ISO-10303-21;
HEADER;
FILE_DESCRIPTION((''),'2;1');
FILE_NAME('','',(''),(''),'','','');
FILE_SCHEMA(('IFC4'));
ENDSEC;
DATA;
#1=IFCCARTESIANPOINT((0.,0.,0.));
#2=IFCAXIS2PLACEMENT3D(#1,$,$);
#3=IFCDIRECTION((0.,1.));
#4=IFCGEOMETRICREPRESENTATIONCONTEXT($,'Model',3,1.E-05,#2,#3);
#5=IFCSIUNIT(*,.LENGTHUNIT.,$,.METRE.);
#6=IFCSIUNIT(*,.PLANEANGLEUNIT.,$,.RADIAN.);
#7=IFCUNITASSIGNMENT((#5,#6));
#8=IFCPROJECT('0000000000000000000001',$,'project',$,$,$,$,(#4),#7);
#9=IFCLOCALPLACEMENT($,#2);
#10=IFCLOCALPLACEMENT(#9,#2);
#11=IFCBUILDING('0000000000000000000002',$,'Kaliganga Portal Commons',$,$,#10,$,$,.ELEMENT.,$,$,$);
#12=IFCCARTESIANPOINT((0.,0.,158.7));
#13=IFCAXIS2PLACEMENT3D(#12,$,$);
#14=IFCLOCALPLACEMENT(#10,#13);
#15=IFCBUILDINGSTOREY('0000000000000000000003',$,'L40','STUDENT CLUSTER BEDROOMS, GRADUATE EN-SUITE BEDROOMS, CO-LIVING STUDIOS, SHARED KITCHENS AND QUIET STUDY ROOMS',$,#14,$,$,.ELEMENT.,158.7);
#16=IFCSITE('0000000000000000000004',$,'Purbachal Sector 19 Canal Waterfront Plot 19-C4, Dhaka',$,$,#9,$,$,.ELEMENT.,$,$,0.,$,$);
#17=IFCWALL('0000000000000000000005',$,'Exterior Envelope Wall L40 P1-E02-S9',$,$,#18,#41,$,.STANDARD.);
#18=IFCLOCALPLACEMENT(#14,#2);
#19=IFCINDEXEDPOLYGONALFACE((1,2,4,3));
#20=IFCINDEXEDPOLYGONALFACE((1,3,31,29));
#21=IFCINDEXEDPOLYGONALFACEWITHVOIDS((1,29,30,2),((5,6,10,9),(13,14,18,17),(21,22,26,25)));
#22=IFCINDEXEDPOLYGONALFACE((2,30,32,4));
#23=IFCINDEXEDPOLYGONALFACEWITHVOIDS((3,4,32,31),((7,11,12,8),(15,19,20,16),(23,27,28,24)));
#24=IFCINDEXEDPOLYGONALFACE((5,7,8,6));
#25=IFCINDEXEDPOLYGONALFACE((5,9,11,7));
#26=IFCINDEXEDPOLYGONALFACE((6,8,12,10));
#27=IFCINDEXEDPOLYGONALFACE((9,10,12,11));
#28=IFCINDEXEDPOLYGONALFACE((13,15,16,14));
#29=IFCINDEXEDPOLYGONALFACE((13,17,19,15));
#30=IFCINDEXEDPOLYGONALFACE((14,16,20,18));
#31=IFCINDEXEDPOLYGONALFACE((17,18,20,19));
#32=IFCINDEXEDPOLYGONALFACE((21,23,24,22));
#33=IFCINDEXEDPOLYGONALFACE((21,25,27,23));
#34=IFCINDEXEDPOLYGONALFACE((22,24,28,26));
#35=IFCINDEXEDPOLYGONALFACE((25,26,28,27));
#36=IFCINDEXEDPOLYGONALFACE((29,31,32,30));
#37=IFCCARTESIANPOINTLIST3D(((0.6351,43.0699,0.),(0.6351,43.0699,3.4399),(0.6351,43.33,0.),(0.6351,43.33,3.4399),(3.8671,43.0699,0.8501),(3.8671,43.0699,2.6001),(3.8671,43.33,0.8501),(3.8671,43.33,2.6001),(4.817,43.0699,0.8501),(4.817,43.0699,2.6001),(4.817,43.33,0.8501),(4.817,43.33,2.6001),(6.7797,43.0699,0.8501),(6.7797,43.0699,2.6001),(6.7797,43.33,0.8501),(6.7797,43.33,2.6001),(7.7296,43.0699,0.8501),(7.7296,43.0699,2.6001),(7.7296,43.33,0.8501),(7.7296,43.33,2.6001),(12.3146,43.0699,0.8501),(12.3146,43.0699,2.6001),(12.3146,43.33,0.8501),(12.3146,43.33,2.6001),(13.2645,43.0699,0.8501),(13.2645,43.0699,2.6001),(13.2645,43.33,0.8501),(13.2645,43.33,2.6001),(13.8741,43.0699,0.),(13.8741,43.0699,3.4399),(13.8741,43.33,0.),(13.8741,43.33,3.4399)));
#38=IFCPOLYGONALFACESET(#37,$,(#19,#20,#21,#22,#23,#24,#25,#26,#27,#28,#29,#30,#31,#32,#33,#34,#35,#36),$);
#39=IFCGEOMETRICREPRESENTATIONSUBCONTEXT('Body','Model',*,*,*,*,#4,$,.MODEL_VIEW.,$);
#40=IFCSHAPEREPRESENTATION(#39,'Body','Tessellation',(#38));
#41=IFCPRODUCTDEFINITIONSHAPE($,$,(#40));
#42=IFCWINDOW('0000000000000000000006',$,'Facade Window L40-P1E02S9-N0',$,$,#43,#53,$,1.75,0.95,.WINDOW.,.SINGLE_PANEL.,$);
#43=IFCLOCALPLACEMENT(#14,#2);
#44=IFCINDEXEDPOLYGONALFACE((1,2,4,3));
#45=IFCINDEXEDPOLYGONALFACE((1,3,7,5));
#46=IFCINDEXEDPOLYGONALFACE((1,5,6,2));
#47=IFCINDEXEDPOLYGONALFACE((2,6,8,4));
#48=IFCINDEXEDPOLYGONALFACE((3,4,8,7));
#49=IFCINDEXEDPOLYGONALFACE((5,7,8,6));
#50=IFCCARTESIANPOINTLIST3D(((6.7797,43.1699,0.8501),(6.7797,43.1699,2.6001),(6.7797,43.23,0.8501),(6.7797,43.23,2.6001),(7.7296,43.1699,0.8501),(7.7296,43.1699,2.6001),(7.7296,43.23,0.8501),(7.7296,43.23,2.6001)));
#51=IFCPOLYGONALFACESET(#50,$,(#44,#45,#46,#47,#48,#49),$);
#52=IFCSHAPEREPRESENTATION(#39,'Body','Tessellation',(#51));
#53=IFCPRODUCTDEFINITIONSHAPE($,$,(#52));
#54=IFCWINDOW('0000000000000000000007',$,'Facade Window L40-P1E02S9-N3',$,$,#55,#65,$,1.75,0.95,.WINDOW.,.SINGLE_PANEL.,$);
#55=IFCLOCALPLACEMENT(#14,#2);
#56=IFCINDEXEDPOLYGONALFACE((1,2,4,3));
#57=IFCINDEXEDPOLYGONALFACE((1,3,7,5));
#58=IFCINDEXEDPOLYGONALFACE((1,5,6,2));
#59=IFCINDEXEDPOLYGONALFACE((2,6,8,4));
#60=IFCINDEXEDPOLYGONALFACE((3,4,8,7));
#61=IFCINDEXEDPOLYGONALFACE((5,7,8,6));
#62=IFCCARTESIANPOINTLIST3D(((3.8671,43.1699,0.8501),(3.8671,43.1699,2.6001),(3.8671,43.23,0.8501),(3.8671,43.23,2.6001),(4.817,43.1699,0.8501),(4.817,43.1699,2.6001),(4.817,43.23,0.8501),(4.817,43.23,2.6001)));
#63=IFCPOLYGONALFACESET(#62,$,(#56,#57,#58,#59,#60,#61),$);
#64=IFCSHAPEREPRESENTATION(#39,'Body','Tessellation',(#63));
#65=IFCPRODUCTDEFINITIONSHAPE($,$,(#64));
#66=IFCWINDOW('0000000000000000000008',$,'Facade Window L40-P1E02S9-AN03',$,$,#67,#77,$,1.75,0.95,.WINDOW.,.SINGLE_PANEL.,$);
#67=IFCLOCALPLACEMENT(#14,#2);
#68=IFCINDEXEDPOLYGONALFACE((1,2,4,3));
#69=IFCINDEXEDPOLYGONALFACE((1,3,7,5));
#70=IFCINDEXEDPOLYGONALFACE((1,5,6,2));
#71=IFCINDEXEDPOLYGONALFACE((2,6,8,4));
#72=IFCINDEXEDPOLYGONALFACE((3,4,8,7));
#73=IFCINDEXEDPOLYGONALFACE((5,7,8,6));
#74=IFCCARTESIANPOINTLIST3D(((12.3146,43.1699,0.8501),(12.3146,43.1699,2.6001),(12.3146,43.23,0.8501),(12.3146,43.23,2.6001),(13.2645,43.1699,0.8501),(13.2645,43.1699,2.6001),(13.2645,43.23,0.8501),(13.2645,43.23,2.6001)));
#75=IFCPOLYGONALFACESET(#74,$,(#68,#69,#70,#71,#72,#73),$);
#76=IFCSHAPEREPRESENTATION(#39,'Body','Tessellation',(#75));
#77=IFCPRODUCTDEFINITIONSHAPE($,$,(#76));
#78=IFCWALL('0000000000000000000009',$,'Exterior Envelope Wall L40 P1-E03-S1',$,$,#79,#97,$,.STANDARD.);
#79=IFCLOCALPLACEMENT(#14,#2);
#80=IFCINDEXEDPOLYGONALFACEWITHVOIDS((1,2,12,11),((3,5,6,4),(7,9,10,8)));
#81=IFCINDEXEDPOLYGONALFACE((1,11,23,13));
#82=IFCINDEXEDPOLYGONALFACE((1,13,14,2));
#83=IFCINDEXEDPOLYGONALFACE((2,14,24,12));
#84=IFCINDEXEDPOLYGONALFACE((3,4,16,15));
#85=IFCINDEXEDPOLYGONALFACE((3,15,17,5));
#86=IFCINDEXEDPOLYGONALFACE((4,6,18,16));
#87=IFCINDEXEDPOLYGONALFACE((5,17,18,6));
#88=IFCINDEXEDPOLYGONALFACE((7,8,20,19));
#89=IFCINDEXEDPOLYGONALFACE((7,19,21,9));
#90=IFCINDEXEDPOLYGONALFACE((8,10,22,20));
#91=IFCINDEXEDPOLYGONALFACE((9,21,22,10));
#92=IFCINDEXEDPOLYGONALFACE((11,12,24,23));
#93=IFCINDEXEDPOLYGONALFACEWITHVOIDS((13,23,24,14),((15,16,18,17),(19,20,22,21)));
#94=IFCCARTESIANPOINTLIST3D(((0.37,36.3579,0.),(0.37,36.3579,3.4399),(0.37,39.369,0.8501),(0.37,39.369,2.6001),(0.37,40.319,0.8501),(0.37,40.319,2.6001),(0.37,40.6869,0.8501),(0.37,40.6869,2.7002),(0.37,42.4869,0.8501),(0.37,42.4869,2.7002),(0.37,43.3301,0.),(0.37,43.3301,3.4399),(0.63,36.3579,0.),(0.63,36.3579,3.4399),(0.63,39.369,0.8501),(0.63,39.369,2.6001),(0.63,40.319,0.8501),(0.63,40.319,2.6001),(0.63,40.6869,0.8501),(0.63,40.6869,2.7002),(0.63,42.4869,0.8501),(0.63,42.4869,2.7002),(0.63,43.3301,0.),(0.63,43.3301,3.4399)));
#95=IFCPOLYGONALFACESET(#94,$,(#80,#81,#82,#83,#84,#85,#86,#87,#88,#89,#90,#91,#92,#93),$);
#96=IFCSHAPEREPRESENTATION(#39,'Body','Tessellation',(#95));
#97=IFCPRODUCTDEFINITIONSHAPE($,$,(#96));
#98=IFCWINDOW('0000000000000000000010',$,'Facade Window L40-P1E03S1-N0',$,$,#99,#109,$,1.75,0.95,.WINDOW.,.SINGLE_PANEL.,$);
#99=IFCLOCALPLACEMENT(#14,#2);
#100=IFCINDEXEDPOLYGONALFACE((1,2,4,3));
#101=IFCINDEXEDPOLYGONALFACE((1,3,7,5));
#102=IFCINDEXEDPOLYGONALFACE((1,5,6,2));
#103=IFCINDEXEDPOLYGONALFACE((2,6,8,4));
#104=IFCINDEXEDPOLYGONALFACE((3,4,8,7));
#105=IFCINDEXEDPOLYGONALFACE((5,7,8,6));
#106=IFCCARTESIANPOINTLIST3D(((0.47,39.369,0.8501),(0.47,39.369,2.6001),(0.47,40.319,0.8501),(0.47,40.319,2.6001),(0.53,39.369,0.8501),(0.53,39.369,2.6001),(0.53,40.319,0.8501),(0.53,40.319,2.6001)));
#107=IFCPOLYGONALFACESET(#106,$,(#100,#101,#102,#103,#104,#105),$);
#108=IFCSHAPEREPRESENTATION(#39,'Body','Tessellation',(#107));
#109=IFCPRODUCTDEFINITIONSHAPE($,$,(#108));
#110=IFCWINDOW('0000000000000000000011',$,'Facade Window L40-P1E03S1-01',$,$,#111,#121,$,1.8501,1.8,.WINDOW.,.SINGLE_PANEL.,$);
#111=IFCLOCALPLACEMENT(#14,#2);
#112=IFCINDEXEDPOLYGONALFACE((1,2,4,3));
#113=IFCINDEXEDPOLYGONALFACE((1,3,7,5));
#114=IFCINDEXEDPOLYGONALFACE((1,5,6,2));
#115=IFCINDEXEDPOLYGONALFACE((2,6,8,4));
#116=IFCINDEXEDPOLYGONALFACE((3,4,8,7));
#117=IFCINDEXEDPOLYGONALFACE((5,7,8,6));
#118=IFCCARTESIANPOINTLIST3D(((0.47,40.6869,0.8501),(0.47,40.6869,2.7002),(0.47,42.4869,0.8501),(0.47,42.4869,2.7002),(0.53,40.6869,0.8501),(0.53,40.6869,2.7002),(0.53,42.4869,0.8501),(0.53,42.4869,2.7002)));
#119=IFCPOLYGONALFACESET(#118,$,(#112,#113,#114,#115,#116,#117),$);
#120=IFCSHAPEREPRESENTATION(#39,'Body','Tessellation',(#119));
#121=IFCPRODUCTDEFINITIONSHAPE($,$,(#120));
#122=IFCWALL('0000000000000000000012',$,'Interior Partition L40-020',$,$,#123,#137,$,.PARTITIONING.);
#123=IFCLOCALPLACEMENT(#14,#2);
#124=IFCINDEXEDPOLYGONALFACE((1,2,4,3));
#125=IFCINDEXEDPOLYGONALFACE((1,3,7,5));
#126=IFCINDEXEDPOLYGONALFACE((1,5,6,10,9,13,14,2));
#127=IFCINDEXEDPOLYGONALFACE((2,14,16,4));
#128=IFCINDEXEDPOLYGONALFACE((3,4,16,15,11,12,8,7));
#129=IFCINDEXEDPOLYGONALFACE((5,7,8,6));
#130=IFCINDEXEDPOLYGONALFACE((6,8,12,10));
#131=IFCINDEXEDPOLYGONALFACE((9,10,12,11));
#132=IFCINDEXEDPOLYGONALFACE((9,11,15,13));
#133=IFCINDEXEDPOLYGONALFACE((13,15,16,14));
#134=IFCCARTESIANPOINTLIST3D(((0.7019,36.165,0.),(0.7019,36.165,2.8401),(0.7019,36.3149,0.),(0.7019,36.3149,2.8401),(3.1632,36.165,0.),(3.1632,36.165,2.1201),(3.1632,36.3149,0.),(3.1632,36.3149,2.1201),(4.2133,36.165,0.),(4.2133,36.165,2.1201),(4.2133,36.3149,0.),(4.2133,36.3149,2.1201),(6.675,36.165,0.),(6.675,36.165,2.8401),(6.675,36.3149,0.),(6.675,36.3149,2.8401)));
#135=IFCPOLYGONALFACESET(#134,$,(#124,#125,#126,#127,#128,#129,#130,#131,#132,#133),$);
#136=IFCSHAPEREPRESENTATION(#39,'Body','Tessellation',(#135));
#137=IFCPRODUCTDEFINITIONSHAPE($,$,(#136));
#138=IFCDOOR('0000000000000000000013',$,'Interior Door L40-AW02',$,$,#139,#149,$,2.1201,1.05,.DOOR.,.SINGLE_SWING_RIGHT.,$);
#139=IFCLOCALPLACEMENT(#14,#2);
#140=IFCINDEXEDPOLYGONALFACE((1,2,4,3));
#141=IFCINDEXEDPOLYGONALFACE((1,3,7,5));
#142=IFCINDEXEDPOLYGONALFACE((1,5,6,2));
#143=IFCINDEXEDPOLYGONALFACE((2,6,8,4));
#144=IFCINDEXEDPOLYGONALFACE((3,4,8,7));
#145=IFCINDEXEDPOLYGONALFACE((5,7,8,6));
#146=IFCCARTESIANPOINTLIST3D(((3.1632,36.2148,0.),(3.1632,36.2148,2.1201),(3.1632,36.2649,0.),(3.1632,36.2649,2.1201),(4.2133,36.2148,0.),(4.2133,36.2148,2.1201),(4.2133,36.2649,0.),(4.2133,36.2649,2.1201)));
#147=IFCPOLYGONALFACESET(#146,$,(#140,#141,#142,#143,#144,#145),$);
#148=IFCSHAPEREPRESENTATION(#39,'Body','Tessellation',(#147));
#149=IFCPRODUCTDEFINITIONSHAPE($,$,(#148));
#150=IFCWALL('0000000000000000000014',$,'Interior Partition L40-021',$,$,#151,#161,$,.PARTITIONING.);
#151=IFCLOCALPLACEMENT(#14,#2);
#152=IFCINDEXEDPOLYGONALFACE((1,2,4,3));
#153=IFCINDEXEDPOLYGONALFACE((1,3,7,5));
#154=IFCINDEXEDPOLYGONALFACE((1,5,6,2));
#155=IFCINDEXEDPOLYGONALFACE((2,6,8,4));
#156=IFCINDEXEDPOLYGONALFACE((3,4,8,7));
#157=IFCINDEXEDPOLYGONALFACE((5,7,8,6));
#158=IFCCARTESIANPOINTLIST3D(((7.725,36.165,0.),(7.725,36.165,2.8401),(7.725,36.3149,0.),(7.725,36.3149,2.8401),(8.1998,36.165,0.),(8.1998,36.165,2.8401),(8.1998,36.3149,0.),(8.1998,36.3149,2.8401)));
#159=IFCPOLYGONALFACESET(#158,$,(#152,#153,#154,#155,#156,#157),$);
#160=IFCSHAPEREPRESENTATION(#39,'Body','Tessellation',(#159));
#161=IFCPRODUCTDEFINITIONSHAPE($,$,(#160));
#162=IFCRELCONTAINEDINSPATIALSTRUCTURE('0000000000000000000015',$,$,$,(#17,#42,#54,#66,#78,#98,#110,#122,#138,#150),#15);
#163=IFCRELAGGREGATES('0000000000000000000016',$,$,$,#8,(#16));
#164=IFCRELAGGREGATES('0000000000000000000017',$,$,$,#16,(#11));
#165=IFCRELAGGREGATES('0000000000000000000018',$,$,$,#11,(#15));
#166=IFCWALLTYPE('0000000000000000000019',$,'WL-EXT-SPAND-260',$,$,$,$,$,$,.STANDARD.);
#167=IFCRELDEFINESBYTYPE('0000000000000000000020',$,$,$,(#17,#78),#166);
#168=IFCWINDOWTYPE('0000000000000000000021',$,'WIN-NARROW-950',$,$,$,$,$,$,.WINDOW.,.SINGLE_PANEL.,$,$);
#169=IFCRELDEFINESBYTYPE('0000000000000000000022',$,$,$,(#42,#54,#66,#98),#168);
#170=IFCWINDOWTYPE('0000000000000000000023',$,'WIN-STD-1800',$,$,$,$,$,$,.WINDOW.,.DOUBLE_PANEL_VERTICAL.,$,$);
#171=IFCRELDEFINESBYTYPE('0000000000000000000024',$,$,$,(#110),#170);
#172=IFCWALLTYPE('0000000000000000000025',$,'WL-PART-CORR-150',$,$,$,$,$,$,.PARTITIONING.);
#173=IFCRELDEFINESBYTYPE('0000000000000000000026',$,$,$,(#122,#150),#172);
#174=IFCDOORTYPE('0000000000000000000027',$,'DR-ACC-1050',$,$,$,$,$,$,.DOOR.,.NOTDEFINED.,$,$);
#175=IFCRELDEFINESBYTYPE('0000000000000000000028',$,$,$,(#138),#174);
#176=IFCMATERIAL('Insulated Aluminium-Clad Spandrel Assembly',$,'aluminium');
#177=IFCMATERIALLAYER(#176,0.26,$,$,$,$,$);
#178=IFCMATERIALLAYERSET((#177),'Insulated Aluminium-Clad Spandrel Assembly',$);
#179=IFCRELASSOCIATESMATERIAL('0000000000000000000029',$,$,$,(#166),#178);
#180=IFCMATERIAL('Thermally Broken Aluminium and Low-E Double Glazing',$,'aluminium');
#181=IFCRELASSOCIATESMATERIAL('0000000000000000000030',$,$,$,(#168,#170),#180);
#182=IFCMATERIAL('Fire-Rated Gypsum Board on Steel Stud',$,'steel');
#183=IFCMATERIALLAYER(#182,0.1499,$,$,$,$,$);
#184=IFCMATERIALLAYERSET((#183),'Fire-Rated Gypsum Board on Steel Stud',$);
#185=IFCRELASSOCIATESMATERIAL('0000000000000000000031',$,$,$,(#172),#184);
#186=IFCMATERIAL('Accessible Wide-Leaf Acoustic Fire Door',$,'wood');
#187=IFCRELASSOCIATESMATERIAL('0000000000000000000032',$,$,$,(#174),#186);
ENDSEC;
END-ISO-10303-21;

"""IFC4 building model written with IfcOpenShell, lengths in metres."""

from ifc_helpers import new_model, si_unit, direction, frame, frame_2d, origin, place, context, subcontext, project, spatial, rectangle, extrude, material, layer, layer_set, type_object, element, fill, save


model = new_model("IFC4")

# Units and contexts
model_context = context("Model", 3, precision=1e-05, world=origin(), true_north=direction((0.0, 1.0)))
body_context = subcontext(model_context, "Body", "Model", "MODEL_VIEW")
ifc_project = project(units=[si_unit("LENGTHUNIT", "METRE"), si_unit("PLANEANGLEUNIT", "RADIAN")], contexts=[model_context])

# Site, building, storey
site_placement = place(None, origin())
site = spatial("IfcSite", under=ifc_project, at=site_placement, Name="Purbachal Sector 19 Canal Waterfront Plot 19-C4, Dhaka", CompositionType="ELEMENT", RefElevation=0.0)
building_placement = place(site_placement, origin())
building = spatial("IfcBuilding", under=site, at=building_placement, Name="Kaliganga Portal Commons", CompositionType="ELEMENT")
storey_placement = place(building_placement, frame((0.0, 0.0, 158.7)))
storey = spatial("IfcBuildingStorey", under=building, at=storey_placement, Name="L40", Description="STUDENT CLUSTER BEDROOMS, GRADUATE EN-SUITE BEDROOMS, CO-LIVING STUDIOS, SHARED KITCHENS AND QUIET STUDY ROOMS", CompositionType="ELEMENT", Elevation=158.7)

# Walls, openings, windows
ifc_material_1 = material(Name="Insulated Aluminium-Clad Spandrel Assembly", Category="aluminium")
ifc_layer_1 = layer(ifc_material_1, 0.26)
ifc_layer_set_1 = layer_set([ifc_layer_1], Name="Insulated Aluminium-Clad Spandrel Assembly")
wall_type_1 = type_object("IfcWallType", Name="WL-EXT-SPAND-260", PredefinedType="STANDARD", material=ifc_layer_set_1)
wall_1_placement = place(storey_placement, frame((0.635, 43.2, 0.0), z_axis=(0.0, 0.0, 1.0), x_axis=(1.0, 0.0, 0.0)))
wall_1 = element("IfcWall", 1, at=wall_1_placement, inside=storey, type_object=wall_type_1, Name="Exterior Envelope Wall L40 P1-E02-S9", PredefinedType="STANDARD", context=body_context, shape_type="SweptSolid", body=[
    extrude(rectangle(XDim=13.239, YDim=0.26, at=frame_2d((6.6196, 0.0))), origin(), (0.0, 0.0, 1.0), 3.4399),
])
opening_1_placement = place(wall_1_placement, frame((6.1445, 0.0, 0.8501)))
opening_1 = element("IfcOpeningElement", 2, at=opening_1_placement, cuts=wall_1, PredefinedType="OPENING", context=body_context, shape_type="SweptSolid", body=[
    extrude(rectangle(XDim=0.95, YDim=1.75, at=frame_2d((0.4751, 0.875))), frame((0.0, 0.1401, 0.0), z_axis=(0.0, -1.0, 0.0), x_axis=(1.0, 0.0, 0.0)), (0.0, 0.0, 1.0), 0.28),
])
opening_2_placement = place(wall_1_placement, frame((3.2319, 0.0, 0.8501)))
opening_2 = element("IfcOpeningElement", 3, at=opening_2_placement, cuts=wall_1, PredefinedType="OPENING", context=body_context, shape_type="SweptSolid", body=[
    extrude(rectangle(XDim=0.95, YDim=1.75, at=frame_2d((0.4751, 0.875))), frame((0.0, 0.1401, 0.0), z_axis=(0.0, -1.0, 0.0), x_axis=(1.0, 0.0, 0.0)), (0.0, 0.0, 1.0), 0.28),
])
opening_3_placement = place(wall_1_placement, frame((11.6794, 0.0, 0.8501)))
opening_3 = element("IfcOpeningElement", 4, at=opening_3_placement, cuts=wall_1, PredefinedType="OPENING", context=body_context, shape_type="SweptSolid", body=[
    extrude(rectangle(XDim=0.95, YDim=1.75, at=frame_2d((0.4751, 0.875))), frame((0.0, 0.1401, 0.0), z_axis=(0.0, -1.0, 0.0), x_axis=(1.0, 0.0, 0.0)), (0.0, 0.0, 1.0), 0.28),
])
ifc_material_2 = material(Name="Thermally Broken Aluminium and Low-E Double Glazing", Category="aluminium")
window_type_1 = type_object("IfcWindowType", Name="WIN-NARROW-950", PartitioningType="SINGLE_PANEL", PredefinedType="WINDOW", material=ifc_material_2)
window_1_placement = place(opening_1_placement, origin())
window_1 = element("IfcWindow", 5, at=window_1_placement, inside=storey, type_object=window_type_1, Name="Facade Window L40-P1E02S9-N0", OverallHeight=1.75, OverallWidth=0.95, PartitioningType="SINGLE_PANEL", PredefinedType="WINDOW", context=body_context, shape_type="SweptSolid", body=[
    extrude(rectangle(XDim=0.95, YDim=1.75, at=frame_2d((0.4751, 0.875))), frame((0.0, 0.03, 0.0), z_axis=(0.0, -1.0, 0.0), x_axis=(1.0, 0.0, 0.0)), (0.0, 0.0, 1.0), 0.0601),
])
fill(opening_1, window_1)
window_2_placement = place(opening_2_placement, origin())
window_2 = element("IfcWindow", 6, at=window_2_placement, inside=storey, type_object=window_type_1, Name="Facade Window L40-P1E02S9-N3", OverallHeight=1.75, OverallWidth=0.95, PartitioningType="SINGLE_PANEL", PredefinedType="WINDOW", context=body_context, shape_type="SweptSolid", body=[
    extrude(rectangle(XDim=0.95, YDim=1.75, at=frame_2d((0.4751, 0.875))), frame((0.0, 0.03, 0.0), z_axis=(0.0, -1.0, 0.0), x_axis=(1.0, 0.0, 0.0)), (0.0, 0.0, 1.0), 0.0601),
])
fill(opening_2, window_2)
window_3_placement = place(opening_3_placement, origin())
window_3 = element("IfcWindow", 7, at=window_3_placement, inside=storey, type_object=window_type_1, Name="Facade Window L40-P1E02S9-AN03", OverallHeight=1.75, OverallWidth=0.95, PartitioningType="SINGLE_PANEL", PredefinedType="WINDOW", context=body_context, shape_type="SweptSolid", body=[
    extrude(rectangle(XDim=0.95, YDim=1.75, at=frame_2d((0.4751, 0.875))), frame((0.0, 0.03, 0.0), z_axis=(0.0, -1.0, 0.0), x_axis=(1.0, 0.0, 0.0)), (0.0, 0.0, 1.0), 0.0601),
])
fill(opening_3, window_3)
wall_2_placement = place(storey_placement, frame((0.5, 36.3579, 0.0), z_axis=(0.0, 0.0, 1.0), x_axis=(0.0, 1.0, 0.0)))
wall_2 = element("IfcWall", 8, at=wall_2_placement, inside=storey, type_object=wall_type_1, Name="Exterior Envelope Wall L40 P1-E03-S1", PredefinedType="STANDARD", context=body_context, shape_type="SweptSolid", body=[
    extrude(rectangle(XDim=6.9722, YDim=0.26, at=frame_2d((3.4861, 0.0))), origin(), (0.0, 0.0, 1.0), 3.4399),
])
opening_4_placement = place(wall_2_placement, frame((4.3291, 0.0, 0.8501)))
opening_4 = element("IfcOpeningElement", 9, at=opening_4_placement, cuts=wall_2, PredefinedType="OPENING", context=body_context, shape_type="SweptSolid", body=[
    extrude(rectangle(XDim=1.8, YDim=1.8501, at=frame_2d((0.8999, 0.925))), frame((0.0, 0.1401, 0.0), z_axis=(0.0, -1.0, 0.0), x_axis=(1.0, 0.0, 0.0)), (0.0, 0.0, 1.0), 0.28),
])
opening_5_placement = place(wall_2_placement, frame((3.011, 0.0, 0.8501)))
opening_5 = element("IfcOpeningElement", 10, at=opening_5_placement, cuts=wall_2, PredefinedType="OPENING", context=body_context, shape_type="SweptSolid", body=[
    extrude(rectangle(XDim=0.95, YDim=1.75, at=frame_2d((0.4751, 0.875))), frame((0.0, 0.1401, 0.0), z_axis=(0.0, -1.0, 0.0), x_axis=(1.0, 0.0, 0.0)), (0.0, 0.0, 1.0), 0.28),
])
window_4_placement = place(opening_5_placement, origin())
window_4 = element("IfcWindow", 11, at=window_4_placement, inside=storey, type_object=window_type_1, Name="Facade Window L40-P1E03S1-N0", OverallHeight=1.75, OverallWidth=0.95, PartitioningType="SINGLE_PANEL", PredefinedType="WINDOW", context=body_context, shape_type="SweptSolid", body=[
    extrude(rectangle(XDim=0.95, YDim=1.75, at=frame_2d((0.4751, 0.875))), frame((0.0, 0.03, 0.0), z_axis=(0.0, -1.0, 0.0), x_axis=(1.0, 0.0, 0.0)), (0.0, 0.0, 1.0), 0.0601),
])
fill(opening_5, window_4)
window_type_2 = type_object("IfcWindowType", Name="WIN-STD-1800", PartitioningType="DOUBLE_PANEL_VERTICAL", PredefinedType="WINDOW", material=ifc_material_2)
window_5_placement = place(opening_4_placement, origin())
window_5 = element("IfcWindow", 12, at=window_5_placement, inside=storey, type_object=window_type_2, Name="Facade Window L40-P1E03S1-01", OverallHeight=1.8501, OverallWidth=1.8, PartitioningType="SINGLE_PANEL", PredefinedType="WINDOW", context=body_context, shape_type="SweptSolid", body=[
    extrude(rectangle(XDim=1.8, YDim=1.8501, at=frame_2d((0.8999, 0.925))), frame((0.0, 0.03, 0.0), z_axis=(0.0, -1.0, 0.0), x_axis=(1.0, 0.0, 0.0)), (0.0, 0.0, 1.0), 0.0601),
])
fill(opening_4, window_5)

# Wall, opening, door
ifc_material_3 = material(Name="Fire-Rated Gypsum Board on Steel Stud", Category="steel")
ifc_layer_2 = layer(ifc_material_3, 0.1499)
ifc_layer_set_2 = layer_set([ifc_layer_2], Name="Fire-Rated Gypsum Board on Steel Stud")
wall_type_2 = type_object("IfcWallType", Name="WL-PART-CORR-150", PredefinedType="PARTITIONING", material=ifc_layer_set_2)
wall_3_placement = place(storey_placement, frame((0.7019, 36.24, 0.0), z_axis=(0.0, 0.0, 1.0), x_axis=(1.0, 0.0, 0.0)))
wall_3 = element("IfcWall", 13, at=wall_3_placement, inside=storey, type_object=wall_type_2, Name="Interior Partition L40-020", PredefinedType="PARTITIONING", context=body_context, shape_type="SweptSolid", body=[
    extrude(rectangle(XDim=5.9731, YDim=0.1499, at=frame_2d((2.9866, 0.0))), origin(), (0.0, 0.0, 1.0), 2.8401),
])
opening_6_placement = place(wall_3_placement, frame((2.4614, 0.0, 0.0)))
opening_6 = element("IfcOpeningElement", 14, at=opening_6_placement, cuts=wall_3, PredefinedType="OPENING", context=body_context, shape_type="SweptSolid", body=[
    extrude(rectangle(XDim=1.05, YDim=2.1201, at=frame_2d((0.5249, 1.0601))), frame((0.0, 0.085, 0.0), z_axis=(0.0, -1.0, 0.0), x_axis=(1.0, 0.0, 0.0)), (0.0, 0.0, 1.0), 0.1699),
])
ifc_material_4 = material(Name="Accessible Wide-Leaf Acoustic Fire Door", Category="wood")
door_type_1 = type_object("IfcDoorType", Name="DR-ACC-1050", OperationType="NOTDEFINED", PredefinedType="DOOR", material=ifc_material_4)
door_1_placement = place(opening_6_placement, origin())
door_1 = element("IfcDoor", 15, at=door_1_placement, inside=storey, type_object=door_type_1, Name="Interior Door L40-AW02", OperationType="SINGLE_SWING_RIGHT", OverallHeight=2.1201, OverallWidth=1.05, PredefinedType="DOOR", context=body_context, shape_type="SweptSolid", body=[
    extrude(rectangle(XDim=1.05, YDim=2.1201, at=frame_2d((0.5249, 1.0601))), frame((0.0, 0.0249, 0.0), z_axis=(0.0, -1.0, 0.0), x_axis=(1.0, 0.0, 0.0)), (0.0, 0.0, 1.0), 0.05),
])
fill(opening_6, door_1)

# Wall
wall_4_placement = place(storey_placement, frame((7.7251, 36.24, 0.0), z_axis=(0.0, 0.0, 1.0), x_axis=(1.0, 0.0, 0.0)))
element("IfcWall", 16, at=wall_4_placement, inside=storey, type_object=wall_type_2, Name="Interior Partition L40-021", PredefinedType="PARTITIONING", context=body_context, shape_type="SweptSolid", body=[
    extrude(rectangle(XDim=0.4749, YDim=0.1499, at=frame_2d((0.2373, 0.0))), origin(), (0.0, 0.0, 1.0), 2.8401),
])

save(model, "model.ifc")
